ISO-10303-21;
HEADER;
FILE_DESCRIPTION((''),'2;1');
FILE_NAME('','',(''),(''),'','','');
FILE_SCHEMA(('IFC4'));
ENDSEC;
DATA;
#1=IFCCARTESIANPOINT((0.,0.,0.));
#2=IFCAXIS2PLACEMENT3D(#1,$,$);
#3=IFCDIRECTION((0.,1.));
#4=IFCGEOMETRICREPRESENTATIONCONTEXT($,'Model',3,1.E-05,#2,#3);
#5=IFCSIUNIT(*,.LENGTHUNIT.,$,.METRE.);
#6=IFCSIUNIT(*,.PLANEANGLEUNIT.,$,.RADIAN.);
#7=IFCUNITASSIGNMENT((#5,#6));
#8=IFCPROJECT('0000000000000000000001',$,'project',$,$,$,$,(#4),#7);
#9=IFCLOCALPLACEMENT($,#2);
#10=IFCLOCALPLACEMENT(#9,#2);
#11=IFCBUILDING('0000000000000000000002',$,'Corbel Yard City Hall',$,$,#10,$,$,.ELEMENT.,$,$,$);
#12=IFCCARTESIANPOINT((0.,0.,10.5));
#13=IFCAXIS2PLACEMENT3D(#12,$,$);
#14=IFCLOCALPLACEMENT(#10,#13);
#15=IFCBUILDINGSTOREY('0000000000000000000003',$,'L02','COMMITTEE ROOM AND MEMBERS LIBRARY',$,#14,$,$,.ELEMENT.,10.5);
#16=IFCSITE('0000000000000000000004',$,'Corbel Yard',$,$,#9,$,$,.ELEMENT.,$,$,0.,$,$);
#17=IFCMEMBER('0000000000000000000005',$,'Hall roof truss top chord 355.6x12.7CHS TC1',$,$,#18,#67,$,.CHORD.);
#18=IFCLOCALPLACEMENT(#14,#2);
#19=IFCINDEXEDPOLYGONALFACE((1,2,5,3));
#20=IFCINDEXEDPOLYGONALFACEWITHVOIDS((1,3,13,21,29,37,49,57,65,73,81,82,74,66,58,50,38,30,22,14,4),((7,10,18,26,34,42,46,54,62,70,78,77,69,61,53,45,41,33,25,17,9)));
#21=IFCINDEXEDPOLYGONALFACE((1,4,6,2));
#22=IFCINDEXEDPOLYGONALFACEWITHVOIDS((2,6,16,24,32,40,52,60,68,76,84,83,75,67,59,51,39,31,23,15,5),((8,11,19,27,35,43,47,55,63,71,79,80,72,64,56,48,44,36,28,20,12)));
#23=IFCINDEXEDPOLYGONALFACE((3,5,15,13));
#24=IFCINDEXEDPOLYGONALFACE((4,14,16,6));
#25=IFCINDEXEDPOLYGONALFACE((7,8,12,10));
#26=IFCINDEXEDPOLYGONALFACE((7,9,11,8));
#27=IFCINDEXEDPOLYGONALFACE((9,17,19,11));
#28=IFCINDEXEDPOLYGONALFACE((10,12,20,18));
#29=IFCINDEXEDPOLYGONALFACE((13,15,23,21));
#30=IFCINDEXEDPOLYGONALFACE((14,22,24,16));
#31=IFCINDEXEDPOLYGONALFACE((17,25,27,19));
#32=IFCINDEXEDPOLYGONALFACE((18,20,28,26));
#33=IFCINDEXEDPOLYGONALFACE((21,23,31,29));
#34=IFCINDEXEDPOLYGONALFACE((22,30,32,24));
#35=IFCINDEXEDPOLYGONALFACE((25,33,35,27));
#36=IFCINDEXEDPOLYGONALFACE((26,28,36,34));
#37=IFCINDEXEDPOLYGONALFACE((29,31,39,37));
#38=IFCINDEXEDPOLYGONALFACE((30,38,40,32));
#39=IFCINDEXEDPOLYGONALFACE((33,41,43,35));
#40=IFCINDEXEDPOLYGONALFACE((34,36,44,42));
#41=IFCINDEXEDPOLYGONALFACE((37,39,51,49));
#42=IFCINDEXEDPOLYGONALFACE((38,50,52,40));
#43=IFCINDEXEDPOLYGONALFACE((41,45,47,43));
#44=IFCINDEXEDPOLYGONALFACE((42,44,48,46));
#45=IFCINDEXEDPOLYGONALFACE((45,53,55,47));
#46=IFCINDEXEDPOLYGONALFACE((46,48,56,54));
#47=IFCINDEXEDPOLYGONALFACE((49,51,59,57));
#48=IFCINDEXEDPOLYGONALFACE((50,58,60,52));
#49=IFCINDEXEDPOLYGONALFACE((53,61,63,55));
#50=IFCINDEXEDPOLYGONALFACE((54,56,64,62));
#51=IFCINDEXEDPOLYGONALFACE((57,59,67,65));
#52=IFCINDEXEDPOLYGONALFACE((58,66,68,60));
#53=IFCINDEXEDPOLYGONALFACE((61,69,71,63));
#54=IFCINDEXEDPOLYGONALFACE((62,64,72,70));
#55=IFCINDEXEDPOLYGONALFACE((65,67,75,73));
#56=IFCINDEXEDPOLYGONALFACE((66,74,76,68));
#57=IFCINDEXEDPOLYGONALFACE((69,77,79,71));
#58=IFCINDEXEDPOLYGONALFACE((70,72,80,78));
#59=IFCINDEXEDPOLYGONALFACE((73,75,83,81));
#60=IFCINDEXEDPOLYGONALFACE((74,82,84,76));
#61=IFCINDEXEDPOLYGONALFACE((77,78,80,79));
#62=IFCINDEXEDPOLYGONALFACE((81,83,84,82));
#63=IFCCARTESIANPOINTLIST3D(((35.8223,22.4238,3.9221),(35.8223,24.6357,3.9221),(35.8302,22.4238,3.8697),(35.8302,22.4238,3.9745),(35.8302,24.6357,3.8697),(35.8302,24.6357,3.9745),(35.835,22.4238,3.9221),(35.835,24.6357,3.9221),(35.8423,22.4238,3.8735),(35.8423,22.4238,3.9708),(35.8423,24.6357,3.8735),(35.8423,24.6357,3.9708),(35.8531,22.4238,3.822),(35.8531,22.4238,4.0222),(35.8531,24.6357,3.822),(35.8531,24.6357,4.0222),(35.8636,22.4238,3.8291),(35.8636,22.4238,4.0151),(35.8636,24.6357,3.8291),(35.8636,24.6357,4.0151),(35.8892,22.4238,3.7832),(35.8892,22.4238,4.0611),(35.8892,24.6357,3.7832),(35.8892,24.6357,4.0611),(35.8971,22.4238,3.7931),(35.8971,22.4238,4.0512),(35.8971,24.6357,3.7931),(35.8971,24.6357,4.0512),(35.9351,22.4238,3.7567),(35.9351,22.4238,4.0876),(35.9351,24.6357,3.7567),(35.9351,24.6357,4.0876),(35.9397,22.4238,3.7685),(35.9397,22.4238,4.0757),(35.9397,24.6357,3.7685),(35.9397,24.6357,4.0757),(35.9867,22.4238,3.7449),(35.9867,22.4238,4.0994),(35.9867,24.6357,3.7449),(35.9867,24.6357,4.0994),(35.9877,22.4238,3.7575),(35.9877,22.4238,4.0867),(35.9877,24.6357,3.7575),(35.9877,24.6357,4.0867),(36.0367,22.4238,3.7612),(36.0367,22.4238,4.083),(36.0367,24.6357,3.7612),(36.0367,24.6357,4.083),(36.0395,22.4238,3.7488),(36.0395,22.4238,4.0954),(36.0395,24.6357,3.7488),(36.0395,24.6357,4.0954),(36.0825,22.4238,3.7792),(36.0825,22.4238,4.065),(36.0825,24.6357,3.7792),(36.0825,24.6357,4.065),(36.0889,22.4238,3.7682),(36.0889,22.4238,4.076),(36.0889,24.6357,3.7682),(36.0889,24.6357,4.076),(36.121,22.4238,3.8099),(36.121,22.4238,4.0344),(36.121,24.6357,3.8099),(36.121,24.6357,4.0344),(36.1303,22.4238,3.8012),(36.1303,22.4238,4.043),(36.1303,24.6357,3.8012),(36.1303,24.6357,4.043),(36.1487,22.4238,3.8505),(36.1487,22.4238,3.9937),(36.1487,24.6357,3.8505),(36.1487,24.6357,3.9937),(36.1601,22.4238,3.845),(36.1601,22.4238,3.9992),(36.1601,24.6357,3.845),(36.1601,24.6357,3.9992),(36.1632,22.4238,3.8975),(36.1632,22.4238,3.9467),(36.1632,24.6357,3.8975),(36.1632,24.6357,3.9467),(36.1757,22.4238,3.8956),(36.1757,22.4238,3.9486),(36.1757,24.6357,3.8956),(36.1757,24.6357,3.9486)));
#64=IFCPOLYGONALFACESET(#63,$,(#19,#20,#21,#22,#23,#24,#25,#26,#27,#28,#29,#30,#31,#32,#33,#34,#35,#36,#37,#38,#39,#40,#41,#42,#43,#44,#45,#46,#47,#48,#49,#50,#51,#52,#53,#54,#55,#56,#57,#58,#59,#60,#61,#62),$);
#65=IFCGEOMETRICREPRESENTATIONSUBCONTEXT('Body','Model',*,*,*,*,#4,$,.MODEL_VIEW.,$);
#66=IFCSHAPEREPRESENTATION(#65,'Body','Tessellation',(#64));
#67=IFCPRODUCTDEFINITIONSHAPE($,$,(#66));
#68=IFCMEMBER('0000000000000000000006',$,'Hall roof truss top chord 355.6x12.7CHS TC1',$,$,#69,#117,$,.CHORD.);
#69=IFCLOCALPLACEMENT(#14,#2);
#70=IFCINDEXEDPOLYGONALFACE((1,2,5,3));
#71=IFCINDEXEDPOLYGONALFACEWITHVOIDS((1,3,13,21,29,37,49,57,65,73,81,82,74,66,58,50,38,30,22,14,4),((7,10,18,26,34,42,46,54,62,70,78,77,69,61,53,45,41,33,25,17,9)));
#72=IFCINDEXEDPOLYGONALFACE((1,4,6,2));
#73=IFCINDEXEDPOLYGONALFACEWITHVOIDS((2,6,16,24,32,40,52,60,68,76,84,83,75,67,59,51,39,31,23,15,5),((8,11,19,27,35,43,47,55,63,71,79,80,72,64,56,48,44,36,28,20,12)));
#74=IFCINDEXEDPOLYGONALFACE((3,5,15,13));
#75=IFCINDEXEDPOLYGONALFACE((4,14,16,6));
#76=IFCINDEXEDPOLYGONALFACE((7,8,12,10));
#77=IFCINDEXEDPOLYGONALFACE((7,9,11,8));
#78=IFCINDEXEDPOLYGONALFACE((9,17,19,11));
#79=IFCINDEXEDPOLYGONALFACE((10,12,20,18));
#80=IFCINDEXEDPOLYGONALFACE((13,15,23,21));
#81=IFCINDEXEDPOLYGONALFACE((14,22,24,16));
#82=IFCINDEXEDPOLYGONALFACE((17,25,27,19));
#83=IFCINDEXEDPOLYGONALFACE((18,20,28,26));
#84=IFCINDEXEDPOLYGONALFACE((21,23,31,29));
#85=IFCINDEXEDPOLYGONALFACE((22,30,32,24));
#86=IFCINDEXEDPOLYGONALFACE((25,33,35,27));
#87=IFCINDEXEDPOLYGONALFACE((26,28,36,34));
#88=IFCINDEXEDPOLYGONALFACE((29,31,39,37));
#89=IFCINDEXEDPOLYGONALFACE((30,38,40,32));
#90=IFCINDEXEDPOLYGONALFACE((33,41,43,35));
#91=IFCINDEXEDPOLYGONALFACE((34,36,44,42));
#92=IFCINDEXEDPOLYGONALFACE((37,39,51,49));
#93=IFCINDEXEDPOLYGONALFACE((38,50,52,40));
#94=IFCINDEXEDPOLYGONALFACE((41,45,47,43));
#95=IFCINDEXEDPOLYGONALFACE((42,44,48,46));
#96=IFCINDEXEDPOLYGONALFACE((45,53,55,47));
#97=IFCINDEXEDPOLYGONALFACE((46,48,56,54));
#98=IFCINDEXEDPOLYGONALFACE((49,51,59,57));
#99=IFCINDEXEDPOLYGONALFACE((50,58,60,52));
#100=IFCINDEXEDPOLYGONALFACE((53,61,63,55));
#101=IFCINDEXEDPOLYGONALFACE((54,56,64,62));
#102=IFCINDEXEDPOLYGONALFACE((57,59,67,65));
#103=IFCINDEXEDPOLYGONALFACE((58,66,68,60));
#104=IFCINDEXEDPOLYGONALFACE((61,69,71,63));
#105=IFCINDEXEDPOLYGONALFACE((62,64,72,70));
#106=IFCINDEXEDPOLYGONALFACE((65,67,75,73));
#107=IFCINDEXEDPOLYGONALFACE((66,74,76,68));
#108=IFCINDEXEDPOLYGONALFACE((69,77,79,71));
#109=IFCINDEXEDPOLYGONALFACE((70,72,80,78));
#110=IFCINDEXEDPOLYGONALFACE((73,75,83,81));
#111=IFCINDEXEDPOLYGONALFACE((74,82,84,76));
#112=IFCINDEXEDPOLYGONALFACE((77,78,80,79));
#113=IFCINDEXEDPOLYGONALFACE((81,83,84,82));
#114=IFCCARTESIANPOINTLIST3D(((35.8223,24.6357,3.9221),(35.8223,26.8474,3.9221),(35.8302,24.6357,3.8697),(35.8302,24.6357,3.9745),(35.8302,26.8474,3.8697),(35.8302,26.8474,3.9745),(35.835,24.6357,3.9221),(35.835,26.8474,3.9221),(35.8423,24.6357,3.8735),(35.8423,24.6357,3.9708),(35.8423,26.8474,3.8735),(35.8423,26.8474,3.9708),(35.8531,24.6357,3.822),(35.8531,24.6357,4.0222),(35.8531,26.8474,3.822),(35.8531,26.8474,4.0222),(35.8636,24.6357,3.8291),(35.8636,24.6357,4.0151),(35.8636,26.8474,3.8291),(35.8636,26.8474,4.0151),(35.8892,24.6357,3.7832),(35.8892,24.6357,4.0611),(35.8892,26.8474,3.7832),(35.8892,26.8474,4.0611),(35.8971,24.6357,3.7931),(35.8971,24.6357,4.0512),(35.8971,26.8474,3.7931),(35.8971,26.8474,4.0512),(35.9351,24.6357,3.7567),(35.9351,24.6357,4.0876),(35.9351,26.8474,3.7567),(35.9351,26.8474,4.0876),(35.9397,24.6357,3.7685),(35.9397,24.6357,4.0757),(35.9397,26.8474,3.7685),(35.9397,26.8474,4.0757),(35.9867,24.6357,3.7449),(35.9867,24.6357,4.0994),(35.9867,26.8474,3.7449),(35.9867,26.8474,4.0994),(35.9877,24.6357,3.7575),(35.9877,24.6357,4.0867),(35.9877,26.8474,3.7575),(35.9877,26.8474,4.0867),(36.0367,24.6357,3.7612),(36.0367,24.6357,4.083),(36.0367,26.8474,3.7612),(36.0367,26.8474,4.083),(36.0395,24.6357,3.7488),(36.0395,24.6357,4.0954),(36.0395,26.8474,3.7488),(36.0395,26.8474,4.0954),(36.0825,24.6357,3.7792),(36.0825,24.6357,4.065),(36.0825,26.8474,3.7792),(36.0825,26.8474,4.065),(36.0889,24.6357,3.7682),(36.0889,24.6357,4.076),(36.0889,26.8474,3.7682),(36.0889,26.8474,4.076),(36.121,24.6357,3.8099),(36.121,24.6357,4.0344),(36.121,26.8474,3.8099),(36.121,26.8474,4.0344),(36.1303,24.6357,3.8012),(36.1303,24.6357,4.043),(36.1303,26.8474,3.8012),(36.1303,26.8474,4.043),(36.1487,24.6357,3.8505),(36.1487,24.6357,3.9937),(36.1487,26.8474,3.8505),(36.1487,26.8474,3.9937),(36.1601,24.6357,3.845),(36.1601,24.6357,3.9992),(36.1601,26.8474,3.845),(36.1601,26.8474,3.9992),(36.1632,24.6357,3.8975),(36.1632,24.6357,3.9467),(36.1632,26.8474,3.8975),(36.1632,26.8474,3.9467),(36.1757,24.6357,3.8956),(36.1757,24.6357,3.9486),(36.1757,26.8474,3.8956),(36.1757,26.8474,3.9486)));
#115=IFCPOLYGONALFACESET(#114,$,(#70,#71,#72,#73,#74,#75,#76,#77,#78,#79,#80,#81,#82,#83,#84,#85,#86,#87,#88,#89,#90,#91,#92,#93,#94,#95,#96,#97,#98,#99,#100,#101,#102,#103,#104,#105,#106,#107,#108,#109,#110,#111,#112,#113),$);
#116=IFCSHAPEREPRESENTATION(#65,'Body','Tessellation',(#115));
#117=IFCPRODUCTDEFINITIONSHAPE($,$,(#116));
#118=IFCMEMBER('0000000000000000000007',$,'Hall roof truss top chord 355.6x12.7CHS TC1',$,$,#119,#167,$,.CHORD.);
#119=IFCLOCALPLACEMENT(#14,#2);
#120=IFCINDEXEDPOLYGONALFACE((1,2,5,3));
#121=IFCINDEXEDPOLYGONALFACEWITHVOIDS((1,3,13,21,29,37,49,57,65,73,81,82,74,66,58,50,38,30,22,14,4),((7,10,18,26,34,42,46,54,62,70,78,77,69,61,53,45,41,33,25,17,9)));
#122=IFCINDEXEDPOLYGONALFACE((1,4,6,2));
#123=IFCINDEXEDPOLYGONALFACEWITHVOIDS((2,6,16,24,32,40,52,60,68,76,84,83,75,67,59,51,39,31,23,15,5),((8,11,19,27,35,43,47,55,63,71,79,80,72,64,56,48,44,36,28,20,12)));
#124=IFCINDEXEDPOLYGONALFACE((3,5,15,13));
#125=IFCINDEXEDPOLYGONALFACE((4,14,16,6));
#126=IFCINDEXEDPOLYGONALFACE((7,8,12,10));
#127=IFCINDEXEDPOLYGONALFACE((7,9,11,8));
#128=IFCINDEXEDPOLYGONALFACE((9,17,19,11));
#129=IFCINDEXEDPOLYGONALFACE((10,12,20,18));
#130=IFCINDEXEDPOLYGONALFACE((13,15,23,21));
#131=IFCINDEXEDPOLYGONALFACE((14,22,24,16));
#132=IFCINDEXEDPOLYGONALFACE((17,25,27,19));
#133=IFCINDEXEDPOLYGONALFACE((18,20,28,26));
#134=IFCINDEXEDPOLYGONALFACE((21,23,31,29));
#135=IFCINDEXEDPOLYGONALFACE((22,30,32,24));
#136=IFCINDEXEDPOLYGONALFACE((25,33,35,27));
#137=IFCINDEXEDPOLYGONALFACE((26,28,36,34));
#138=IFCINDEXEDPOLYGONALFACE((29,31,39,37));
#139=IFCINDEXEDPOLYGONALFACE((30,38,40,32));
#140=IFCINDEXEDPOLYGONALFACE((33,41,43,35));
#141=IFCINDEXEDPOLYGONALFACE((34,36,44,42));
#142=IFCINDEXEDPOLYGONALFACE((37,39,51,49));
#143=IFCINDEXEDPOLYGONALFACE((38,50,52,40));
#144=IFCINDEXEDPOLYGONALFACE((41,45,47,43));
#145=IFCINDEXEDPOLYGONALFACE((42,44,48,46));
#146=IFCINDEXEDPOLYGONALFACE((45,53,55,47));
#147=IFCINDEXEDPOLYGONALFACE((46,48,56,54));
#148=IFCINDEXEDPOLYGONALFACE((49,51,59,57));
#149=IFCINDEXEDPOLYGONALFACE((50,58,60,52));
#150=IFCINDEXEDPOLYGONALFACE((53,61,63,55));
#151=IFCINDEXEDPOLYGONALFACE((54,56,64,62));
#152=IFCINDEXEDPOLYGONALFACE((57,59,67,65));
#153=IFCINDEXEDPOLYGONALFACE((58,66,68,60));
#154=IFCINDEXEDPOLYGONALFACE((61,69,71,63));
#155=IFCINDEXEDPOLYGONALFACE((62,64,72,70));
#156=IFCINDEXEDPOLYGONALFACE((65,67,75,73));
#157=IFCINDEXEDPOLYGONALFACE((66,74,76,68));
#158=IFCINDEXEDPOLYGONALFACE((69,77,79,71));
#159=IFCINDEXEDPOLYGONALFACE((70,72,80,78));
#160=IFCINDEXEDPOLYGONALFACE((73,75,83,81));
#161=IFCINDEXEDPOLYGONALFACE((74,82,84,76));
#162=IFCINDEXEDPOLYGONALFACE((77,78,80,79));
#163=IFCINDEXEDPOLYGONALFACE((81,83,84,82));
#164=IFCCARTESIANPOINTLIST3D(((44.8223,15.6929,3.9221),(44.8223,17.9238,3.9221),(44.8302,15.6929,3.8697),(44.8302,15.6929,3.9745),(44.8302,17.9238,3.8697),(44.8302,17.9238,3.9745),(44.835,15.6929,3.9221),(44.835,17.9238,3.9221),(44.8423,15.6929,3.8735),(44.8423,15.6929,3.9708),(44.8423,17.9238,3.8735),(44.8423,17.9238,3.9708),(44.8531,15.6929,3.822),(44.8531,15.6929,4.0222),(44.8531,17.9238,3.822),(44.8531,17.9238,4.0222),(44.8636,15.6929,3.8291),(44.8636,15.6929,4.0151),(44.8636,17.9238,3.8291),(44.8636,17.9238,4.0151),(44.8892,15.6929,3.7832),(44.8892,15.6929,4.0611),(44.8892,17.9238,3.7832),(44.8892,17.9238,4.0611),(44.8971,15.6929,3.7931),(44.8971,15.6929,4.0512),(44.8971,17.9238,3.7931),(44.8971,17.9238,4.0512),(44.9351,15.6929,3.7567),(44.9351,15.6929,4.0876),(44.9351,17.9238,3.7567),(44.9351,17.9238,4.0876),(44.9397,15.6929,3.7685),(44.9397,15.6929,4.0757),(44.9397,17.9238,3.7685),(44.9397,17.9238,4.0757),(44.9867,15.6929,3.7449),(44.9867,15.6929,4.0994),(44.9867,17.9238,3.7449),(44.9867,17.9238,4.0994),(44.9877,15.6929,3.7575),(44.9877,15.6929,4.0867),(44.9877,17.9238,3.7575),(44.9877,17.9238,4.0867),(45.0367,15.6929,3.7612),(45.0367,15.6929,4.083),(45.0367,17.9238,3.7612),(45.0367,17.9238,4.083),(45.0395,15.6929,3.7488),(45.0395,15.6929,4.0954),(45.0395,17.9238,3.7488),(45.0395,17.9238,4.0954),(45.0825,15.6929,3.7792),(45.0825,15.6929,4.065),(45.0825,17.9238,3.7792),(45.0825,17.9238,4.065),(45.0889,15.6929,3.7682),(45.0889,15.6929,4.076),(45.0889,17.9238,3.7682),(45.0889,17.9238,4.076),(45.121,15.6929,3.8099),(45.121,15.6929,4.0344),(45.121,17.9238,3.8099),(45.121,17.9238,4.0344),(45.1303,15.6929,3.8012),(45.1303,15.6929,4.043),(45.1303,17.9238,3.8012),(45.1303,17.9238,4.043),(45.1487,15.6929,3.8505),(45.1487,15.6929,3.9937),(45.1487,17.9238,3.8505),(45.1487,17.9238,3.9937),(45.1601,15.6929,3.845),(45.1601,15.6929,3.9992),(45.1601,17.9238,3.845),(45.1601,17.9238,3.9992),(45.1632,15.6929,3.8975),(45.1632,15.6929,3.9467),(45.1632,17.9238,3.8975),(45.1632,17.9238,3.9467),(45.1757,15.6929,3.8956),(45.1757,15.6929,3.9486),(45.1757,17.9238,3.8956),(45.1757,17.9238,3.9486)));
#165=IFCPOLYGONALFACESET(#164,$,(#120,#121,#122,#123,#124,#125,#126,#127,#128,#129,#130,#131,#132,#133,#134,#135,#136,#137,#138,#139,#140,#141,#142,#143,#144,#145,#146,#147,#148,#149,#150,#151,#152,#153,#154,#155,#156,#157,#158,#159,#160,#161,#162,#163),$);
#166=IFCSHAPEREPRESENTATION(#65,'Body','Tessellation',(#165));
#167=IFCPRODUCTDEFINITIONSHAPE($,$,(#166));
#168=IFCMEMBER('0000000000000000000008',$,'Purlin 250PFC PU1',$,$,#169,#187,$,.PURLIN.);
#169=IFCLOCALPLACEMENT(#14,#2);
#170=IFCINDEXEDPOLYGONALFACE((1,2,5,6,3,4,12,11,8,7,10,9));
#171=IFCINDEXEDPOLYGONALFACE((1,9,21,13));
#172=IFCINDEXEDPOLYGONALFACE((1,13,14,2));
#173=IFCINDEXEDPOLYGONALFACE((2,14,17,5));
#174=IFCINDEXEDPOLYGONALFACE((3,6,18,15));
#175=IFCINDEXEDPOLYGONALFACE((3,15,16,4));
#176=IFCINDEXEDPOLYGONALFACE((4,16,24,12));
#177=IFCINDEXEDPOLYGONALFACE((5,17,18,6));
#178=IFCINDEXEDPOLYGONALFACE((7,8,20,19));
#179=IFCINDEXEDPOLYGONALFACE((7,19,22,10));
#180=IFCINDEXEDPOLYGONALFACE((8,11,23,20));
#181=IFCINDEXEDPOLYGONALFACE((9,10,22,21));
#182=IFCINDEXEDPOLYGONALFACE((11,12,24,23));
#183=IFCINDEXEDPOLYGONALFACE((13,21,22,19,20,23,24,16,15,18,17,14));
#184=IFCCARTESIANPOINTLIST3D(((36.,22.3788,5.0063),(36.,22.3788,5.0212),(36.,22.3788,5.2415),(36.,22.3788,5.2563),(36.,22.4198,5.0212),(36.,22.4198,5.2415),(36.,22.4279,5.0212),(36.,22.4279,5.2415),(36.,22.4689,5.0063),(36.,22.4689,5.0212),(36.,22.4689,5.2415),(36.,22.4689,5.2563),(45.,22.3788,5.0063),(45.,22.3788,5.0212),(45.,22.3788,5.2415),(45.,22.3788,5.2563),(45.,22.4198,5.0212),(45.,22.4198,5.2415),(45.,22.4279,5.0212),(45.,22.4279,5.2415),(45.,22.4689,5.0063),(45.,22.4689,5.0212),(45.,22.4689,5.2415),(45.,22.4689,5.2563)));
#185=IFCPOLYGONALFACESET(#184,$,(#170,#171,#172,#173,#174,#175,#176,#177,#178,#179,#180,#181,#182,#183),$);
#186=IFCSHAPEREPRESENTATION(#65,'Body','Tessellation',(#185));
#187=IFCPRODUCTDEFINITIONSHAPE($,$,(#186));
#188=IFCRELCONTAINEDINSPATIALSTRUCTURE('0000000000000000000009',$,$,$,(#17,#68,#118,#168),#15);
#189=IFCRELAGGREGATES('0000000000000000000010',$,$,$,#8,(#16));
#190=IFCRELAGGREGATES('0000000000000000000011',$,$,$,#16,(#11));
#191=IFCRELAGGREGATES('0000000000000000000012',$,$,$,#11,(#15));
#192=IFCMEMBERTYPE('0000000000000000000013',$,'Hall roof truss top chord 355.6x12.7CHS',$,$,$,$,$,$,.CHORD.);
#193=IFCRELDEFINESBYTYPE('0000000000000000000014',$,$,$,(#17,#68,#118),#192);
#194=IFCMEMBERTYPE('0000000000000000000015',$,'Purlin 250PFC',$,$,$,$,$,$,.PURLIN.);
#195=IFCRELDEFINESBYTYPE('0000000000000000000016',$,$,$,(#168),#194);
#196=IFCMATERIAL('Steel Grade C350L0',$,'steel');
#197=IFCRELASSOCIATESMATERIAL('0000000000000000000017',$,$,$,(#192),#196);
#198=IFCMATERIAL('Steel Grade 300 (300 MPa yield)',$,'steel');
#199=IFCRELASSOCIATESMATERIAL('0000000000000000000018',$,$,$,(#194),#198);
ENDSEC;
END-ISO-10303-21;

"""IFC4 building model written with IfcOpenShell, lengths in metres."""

from ifc_helpers import new_model, si_unit, direction, frame, origin, origin_2d, place, context, subcontext, project, spatial, hollow_circle, i_section, extrude, material, material_profile, profile_set, type_object, element, save


model = new_model("IFC4")

# Units and contexts
model_context = context("Model", 3, precision=1e-05, world=origin(), true_north=direction((0.0, 1.0)))
body_context = subcontext(model_context, "Body", "Model", "MODEL_VIEW")
ifc_project = project(units=[si_unit("LENGTHUNIT", "METRE"), si_unit("PLANEANGLEUNIT", "RADIAN")], contexts=[model_context])

# Site, building, storey
site_placement = place(None, origin())
site = spatial("IfcSite", under=ifc_project, at=site_placement, Name="Corbel Yard", CompositionType="ELEMENT", RefElevation=0.0)
building_placement = place(site_placement, origin())
building = spatial("IfcBuilding", under=site, at=building_placement, Name="Corbel Yard City Hall", CompositionType="ELEMENT")
storey_placement = place(building_placement, frame((0.0, 0.0, 10.5)))
storey = spatial("IfcBuildingStorey", under=building, at=storey_placement, Name="L02", Description="COMMITTEE ROOM AND MEMBERS LIBRARY", CompositionType="ELEMENT", Elevation=10.5)

# Shared definitions
ifc_material_1 = material(Name="Steel Grade 300 (300 MPa yield)", Category="steel")

# Members
ifc_material_2 = material(Name="Steel Grade C350L0", Category="steel")
ifc_material_profile_1 = material_profile(ifc_material_2, hollow_circle(Radius=0.1777, WallThickness=0.0127, at=origin_2d()), Name="355.6x12.7CHS")
ifc_profile_set_1 = profile_set([ifc_material_profile_1], Name="Steel Grade C350L0")
member_type_1 = type_object("IfcMemberType", Name="Hall roof truss top chord 355.6x12.7CHS", PredefinedType="CHORD", material=ifc_profile_set_1)
member_1_placement = place(storey_placement, frame((36.0, 22.4238, 3.9221), z_axis=(0.0, 1.0, 0.0), x_axis=(-1.0, 0.0, 0.0)))
element("IfcMember", 1, at=member_1_placement, inside=storey, type_object=member_type_1, Name="Hall roof truss top chord 355.6x12.7CHS TC1", PredefinedType="CHORD", context=body_context, shape_type="SweptSolid", body=[
    extrude(hollow_circle(Radius=0.1777, WallThickness=0.0127, at=origin_2d()), origin(), (0.0, 0.0, 1.0), 2.2119),
])
member_2_placement = place(storey_placement, frame((36.0, 24.6357, 3.9221), z_axis=(0.0, 1.0, 0.0), x_axis=(-1.0, 0.0, 0.0)))
element("IfcMember", 2, at=member_2_placement, inside=storey, type_object=member_type_1, Name="Hall roof truss top chord 355.6x12.7CHS TC1", PredefinedType="CHORD", context=body_context, shape_type="SweptSolid", body=[
    extrude(hollow_circle(Radius=0.1777, WallThickness=0.0127, at=origin_2d()), origin(), (0.0, 0.0, 1.0), 2.2117),
])
member_3_placement = place(storey_placement, frame((45.0, 15.6929, 3.9221), z_axis=(0.0, 1.0, 0.0), x_axis=(-1.0, 0.0, 0.0)))
element("IfcMember", 3, at=member_3_placement, inside=storey, type_object=member_type_1, Name="Hall roof truss top chord 355.6x12.7CHS TC1", PredefinedType="CHORD", context=body_context, shape_type="SweptSolid", body=[
    extrude(hollow_circle(Radius=0.1777, WallThickness=0.0127, at=origin_2d()), origin(), (0.0, 0.0, 1.0), 2.231),
])
ifc_material_profile_2 = material_profile(ifc_material_1, i_section(OverallWidth=0.0901, OverallDepth=0.25, WebThickness=0.0081, FlangeThickness=0.0149, at=origin_2d()), Name="250PFC")
ifc_profile_set_2 = profile_set([ifc_material_profile_2], Name="Steel Grade 300 (300 MPa yield)")
member_type_2 = type_object("IfcMemberType", Name="Purlin 250PFC", PredefinedType="PURLIN", material=ifc_profile_set_2)
for number, where, z_axis, x_axis, name in (
    (4, (36.0, 22.4238, 5.1313), (1.0, 0.0, 0.0), (0.0, 1.0, 0.0), "Purlin 250PFC PU1"),
):
    element("IfcMember", number, at=place(storey_placement, frame(where, z_axis=z_axis, x_axis=x_axis)), inside=storey, type_object=member_type_2, Name=name, PredefinedType="PURLIN", context=body_context, shape_type="SweptSolid", body=[
        extrude(i_section(OverallWidth=0.0901, OverallDepth=0.25, WebThickness=0.0081, FlangeThickness=0.0149, at=origin_2d()), origin(), (0.0, 0.0, 1.0), 9.0),
    ])

save(model, "model.ifc")
